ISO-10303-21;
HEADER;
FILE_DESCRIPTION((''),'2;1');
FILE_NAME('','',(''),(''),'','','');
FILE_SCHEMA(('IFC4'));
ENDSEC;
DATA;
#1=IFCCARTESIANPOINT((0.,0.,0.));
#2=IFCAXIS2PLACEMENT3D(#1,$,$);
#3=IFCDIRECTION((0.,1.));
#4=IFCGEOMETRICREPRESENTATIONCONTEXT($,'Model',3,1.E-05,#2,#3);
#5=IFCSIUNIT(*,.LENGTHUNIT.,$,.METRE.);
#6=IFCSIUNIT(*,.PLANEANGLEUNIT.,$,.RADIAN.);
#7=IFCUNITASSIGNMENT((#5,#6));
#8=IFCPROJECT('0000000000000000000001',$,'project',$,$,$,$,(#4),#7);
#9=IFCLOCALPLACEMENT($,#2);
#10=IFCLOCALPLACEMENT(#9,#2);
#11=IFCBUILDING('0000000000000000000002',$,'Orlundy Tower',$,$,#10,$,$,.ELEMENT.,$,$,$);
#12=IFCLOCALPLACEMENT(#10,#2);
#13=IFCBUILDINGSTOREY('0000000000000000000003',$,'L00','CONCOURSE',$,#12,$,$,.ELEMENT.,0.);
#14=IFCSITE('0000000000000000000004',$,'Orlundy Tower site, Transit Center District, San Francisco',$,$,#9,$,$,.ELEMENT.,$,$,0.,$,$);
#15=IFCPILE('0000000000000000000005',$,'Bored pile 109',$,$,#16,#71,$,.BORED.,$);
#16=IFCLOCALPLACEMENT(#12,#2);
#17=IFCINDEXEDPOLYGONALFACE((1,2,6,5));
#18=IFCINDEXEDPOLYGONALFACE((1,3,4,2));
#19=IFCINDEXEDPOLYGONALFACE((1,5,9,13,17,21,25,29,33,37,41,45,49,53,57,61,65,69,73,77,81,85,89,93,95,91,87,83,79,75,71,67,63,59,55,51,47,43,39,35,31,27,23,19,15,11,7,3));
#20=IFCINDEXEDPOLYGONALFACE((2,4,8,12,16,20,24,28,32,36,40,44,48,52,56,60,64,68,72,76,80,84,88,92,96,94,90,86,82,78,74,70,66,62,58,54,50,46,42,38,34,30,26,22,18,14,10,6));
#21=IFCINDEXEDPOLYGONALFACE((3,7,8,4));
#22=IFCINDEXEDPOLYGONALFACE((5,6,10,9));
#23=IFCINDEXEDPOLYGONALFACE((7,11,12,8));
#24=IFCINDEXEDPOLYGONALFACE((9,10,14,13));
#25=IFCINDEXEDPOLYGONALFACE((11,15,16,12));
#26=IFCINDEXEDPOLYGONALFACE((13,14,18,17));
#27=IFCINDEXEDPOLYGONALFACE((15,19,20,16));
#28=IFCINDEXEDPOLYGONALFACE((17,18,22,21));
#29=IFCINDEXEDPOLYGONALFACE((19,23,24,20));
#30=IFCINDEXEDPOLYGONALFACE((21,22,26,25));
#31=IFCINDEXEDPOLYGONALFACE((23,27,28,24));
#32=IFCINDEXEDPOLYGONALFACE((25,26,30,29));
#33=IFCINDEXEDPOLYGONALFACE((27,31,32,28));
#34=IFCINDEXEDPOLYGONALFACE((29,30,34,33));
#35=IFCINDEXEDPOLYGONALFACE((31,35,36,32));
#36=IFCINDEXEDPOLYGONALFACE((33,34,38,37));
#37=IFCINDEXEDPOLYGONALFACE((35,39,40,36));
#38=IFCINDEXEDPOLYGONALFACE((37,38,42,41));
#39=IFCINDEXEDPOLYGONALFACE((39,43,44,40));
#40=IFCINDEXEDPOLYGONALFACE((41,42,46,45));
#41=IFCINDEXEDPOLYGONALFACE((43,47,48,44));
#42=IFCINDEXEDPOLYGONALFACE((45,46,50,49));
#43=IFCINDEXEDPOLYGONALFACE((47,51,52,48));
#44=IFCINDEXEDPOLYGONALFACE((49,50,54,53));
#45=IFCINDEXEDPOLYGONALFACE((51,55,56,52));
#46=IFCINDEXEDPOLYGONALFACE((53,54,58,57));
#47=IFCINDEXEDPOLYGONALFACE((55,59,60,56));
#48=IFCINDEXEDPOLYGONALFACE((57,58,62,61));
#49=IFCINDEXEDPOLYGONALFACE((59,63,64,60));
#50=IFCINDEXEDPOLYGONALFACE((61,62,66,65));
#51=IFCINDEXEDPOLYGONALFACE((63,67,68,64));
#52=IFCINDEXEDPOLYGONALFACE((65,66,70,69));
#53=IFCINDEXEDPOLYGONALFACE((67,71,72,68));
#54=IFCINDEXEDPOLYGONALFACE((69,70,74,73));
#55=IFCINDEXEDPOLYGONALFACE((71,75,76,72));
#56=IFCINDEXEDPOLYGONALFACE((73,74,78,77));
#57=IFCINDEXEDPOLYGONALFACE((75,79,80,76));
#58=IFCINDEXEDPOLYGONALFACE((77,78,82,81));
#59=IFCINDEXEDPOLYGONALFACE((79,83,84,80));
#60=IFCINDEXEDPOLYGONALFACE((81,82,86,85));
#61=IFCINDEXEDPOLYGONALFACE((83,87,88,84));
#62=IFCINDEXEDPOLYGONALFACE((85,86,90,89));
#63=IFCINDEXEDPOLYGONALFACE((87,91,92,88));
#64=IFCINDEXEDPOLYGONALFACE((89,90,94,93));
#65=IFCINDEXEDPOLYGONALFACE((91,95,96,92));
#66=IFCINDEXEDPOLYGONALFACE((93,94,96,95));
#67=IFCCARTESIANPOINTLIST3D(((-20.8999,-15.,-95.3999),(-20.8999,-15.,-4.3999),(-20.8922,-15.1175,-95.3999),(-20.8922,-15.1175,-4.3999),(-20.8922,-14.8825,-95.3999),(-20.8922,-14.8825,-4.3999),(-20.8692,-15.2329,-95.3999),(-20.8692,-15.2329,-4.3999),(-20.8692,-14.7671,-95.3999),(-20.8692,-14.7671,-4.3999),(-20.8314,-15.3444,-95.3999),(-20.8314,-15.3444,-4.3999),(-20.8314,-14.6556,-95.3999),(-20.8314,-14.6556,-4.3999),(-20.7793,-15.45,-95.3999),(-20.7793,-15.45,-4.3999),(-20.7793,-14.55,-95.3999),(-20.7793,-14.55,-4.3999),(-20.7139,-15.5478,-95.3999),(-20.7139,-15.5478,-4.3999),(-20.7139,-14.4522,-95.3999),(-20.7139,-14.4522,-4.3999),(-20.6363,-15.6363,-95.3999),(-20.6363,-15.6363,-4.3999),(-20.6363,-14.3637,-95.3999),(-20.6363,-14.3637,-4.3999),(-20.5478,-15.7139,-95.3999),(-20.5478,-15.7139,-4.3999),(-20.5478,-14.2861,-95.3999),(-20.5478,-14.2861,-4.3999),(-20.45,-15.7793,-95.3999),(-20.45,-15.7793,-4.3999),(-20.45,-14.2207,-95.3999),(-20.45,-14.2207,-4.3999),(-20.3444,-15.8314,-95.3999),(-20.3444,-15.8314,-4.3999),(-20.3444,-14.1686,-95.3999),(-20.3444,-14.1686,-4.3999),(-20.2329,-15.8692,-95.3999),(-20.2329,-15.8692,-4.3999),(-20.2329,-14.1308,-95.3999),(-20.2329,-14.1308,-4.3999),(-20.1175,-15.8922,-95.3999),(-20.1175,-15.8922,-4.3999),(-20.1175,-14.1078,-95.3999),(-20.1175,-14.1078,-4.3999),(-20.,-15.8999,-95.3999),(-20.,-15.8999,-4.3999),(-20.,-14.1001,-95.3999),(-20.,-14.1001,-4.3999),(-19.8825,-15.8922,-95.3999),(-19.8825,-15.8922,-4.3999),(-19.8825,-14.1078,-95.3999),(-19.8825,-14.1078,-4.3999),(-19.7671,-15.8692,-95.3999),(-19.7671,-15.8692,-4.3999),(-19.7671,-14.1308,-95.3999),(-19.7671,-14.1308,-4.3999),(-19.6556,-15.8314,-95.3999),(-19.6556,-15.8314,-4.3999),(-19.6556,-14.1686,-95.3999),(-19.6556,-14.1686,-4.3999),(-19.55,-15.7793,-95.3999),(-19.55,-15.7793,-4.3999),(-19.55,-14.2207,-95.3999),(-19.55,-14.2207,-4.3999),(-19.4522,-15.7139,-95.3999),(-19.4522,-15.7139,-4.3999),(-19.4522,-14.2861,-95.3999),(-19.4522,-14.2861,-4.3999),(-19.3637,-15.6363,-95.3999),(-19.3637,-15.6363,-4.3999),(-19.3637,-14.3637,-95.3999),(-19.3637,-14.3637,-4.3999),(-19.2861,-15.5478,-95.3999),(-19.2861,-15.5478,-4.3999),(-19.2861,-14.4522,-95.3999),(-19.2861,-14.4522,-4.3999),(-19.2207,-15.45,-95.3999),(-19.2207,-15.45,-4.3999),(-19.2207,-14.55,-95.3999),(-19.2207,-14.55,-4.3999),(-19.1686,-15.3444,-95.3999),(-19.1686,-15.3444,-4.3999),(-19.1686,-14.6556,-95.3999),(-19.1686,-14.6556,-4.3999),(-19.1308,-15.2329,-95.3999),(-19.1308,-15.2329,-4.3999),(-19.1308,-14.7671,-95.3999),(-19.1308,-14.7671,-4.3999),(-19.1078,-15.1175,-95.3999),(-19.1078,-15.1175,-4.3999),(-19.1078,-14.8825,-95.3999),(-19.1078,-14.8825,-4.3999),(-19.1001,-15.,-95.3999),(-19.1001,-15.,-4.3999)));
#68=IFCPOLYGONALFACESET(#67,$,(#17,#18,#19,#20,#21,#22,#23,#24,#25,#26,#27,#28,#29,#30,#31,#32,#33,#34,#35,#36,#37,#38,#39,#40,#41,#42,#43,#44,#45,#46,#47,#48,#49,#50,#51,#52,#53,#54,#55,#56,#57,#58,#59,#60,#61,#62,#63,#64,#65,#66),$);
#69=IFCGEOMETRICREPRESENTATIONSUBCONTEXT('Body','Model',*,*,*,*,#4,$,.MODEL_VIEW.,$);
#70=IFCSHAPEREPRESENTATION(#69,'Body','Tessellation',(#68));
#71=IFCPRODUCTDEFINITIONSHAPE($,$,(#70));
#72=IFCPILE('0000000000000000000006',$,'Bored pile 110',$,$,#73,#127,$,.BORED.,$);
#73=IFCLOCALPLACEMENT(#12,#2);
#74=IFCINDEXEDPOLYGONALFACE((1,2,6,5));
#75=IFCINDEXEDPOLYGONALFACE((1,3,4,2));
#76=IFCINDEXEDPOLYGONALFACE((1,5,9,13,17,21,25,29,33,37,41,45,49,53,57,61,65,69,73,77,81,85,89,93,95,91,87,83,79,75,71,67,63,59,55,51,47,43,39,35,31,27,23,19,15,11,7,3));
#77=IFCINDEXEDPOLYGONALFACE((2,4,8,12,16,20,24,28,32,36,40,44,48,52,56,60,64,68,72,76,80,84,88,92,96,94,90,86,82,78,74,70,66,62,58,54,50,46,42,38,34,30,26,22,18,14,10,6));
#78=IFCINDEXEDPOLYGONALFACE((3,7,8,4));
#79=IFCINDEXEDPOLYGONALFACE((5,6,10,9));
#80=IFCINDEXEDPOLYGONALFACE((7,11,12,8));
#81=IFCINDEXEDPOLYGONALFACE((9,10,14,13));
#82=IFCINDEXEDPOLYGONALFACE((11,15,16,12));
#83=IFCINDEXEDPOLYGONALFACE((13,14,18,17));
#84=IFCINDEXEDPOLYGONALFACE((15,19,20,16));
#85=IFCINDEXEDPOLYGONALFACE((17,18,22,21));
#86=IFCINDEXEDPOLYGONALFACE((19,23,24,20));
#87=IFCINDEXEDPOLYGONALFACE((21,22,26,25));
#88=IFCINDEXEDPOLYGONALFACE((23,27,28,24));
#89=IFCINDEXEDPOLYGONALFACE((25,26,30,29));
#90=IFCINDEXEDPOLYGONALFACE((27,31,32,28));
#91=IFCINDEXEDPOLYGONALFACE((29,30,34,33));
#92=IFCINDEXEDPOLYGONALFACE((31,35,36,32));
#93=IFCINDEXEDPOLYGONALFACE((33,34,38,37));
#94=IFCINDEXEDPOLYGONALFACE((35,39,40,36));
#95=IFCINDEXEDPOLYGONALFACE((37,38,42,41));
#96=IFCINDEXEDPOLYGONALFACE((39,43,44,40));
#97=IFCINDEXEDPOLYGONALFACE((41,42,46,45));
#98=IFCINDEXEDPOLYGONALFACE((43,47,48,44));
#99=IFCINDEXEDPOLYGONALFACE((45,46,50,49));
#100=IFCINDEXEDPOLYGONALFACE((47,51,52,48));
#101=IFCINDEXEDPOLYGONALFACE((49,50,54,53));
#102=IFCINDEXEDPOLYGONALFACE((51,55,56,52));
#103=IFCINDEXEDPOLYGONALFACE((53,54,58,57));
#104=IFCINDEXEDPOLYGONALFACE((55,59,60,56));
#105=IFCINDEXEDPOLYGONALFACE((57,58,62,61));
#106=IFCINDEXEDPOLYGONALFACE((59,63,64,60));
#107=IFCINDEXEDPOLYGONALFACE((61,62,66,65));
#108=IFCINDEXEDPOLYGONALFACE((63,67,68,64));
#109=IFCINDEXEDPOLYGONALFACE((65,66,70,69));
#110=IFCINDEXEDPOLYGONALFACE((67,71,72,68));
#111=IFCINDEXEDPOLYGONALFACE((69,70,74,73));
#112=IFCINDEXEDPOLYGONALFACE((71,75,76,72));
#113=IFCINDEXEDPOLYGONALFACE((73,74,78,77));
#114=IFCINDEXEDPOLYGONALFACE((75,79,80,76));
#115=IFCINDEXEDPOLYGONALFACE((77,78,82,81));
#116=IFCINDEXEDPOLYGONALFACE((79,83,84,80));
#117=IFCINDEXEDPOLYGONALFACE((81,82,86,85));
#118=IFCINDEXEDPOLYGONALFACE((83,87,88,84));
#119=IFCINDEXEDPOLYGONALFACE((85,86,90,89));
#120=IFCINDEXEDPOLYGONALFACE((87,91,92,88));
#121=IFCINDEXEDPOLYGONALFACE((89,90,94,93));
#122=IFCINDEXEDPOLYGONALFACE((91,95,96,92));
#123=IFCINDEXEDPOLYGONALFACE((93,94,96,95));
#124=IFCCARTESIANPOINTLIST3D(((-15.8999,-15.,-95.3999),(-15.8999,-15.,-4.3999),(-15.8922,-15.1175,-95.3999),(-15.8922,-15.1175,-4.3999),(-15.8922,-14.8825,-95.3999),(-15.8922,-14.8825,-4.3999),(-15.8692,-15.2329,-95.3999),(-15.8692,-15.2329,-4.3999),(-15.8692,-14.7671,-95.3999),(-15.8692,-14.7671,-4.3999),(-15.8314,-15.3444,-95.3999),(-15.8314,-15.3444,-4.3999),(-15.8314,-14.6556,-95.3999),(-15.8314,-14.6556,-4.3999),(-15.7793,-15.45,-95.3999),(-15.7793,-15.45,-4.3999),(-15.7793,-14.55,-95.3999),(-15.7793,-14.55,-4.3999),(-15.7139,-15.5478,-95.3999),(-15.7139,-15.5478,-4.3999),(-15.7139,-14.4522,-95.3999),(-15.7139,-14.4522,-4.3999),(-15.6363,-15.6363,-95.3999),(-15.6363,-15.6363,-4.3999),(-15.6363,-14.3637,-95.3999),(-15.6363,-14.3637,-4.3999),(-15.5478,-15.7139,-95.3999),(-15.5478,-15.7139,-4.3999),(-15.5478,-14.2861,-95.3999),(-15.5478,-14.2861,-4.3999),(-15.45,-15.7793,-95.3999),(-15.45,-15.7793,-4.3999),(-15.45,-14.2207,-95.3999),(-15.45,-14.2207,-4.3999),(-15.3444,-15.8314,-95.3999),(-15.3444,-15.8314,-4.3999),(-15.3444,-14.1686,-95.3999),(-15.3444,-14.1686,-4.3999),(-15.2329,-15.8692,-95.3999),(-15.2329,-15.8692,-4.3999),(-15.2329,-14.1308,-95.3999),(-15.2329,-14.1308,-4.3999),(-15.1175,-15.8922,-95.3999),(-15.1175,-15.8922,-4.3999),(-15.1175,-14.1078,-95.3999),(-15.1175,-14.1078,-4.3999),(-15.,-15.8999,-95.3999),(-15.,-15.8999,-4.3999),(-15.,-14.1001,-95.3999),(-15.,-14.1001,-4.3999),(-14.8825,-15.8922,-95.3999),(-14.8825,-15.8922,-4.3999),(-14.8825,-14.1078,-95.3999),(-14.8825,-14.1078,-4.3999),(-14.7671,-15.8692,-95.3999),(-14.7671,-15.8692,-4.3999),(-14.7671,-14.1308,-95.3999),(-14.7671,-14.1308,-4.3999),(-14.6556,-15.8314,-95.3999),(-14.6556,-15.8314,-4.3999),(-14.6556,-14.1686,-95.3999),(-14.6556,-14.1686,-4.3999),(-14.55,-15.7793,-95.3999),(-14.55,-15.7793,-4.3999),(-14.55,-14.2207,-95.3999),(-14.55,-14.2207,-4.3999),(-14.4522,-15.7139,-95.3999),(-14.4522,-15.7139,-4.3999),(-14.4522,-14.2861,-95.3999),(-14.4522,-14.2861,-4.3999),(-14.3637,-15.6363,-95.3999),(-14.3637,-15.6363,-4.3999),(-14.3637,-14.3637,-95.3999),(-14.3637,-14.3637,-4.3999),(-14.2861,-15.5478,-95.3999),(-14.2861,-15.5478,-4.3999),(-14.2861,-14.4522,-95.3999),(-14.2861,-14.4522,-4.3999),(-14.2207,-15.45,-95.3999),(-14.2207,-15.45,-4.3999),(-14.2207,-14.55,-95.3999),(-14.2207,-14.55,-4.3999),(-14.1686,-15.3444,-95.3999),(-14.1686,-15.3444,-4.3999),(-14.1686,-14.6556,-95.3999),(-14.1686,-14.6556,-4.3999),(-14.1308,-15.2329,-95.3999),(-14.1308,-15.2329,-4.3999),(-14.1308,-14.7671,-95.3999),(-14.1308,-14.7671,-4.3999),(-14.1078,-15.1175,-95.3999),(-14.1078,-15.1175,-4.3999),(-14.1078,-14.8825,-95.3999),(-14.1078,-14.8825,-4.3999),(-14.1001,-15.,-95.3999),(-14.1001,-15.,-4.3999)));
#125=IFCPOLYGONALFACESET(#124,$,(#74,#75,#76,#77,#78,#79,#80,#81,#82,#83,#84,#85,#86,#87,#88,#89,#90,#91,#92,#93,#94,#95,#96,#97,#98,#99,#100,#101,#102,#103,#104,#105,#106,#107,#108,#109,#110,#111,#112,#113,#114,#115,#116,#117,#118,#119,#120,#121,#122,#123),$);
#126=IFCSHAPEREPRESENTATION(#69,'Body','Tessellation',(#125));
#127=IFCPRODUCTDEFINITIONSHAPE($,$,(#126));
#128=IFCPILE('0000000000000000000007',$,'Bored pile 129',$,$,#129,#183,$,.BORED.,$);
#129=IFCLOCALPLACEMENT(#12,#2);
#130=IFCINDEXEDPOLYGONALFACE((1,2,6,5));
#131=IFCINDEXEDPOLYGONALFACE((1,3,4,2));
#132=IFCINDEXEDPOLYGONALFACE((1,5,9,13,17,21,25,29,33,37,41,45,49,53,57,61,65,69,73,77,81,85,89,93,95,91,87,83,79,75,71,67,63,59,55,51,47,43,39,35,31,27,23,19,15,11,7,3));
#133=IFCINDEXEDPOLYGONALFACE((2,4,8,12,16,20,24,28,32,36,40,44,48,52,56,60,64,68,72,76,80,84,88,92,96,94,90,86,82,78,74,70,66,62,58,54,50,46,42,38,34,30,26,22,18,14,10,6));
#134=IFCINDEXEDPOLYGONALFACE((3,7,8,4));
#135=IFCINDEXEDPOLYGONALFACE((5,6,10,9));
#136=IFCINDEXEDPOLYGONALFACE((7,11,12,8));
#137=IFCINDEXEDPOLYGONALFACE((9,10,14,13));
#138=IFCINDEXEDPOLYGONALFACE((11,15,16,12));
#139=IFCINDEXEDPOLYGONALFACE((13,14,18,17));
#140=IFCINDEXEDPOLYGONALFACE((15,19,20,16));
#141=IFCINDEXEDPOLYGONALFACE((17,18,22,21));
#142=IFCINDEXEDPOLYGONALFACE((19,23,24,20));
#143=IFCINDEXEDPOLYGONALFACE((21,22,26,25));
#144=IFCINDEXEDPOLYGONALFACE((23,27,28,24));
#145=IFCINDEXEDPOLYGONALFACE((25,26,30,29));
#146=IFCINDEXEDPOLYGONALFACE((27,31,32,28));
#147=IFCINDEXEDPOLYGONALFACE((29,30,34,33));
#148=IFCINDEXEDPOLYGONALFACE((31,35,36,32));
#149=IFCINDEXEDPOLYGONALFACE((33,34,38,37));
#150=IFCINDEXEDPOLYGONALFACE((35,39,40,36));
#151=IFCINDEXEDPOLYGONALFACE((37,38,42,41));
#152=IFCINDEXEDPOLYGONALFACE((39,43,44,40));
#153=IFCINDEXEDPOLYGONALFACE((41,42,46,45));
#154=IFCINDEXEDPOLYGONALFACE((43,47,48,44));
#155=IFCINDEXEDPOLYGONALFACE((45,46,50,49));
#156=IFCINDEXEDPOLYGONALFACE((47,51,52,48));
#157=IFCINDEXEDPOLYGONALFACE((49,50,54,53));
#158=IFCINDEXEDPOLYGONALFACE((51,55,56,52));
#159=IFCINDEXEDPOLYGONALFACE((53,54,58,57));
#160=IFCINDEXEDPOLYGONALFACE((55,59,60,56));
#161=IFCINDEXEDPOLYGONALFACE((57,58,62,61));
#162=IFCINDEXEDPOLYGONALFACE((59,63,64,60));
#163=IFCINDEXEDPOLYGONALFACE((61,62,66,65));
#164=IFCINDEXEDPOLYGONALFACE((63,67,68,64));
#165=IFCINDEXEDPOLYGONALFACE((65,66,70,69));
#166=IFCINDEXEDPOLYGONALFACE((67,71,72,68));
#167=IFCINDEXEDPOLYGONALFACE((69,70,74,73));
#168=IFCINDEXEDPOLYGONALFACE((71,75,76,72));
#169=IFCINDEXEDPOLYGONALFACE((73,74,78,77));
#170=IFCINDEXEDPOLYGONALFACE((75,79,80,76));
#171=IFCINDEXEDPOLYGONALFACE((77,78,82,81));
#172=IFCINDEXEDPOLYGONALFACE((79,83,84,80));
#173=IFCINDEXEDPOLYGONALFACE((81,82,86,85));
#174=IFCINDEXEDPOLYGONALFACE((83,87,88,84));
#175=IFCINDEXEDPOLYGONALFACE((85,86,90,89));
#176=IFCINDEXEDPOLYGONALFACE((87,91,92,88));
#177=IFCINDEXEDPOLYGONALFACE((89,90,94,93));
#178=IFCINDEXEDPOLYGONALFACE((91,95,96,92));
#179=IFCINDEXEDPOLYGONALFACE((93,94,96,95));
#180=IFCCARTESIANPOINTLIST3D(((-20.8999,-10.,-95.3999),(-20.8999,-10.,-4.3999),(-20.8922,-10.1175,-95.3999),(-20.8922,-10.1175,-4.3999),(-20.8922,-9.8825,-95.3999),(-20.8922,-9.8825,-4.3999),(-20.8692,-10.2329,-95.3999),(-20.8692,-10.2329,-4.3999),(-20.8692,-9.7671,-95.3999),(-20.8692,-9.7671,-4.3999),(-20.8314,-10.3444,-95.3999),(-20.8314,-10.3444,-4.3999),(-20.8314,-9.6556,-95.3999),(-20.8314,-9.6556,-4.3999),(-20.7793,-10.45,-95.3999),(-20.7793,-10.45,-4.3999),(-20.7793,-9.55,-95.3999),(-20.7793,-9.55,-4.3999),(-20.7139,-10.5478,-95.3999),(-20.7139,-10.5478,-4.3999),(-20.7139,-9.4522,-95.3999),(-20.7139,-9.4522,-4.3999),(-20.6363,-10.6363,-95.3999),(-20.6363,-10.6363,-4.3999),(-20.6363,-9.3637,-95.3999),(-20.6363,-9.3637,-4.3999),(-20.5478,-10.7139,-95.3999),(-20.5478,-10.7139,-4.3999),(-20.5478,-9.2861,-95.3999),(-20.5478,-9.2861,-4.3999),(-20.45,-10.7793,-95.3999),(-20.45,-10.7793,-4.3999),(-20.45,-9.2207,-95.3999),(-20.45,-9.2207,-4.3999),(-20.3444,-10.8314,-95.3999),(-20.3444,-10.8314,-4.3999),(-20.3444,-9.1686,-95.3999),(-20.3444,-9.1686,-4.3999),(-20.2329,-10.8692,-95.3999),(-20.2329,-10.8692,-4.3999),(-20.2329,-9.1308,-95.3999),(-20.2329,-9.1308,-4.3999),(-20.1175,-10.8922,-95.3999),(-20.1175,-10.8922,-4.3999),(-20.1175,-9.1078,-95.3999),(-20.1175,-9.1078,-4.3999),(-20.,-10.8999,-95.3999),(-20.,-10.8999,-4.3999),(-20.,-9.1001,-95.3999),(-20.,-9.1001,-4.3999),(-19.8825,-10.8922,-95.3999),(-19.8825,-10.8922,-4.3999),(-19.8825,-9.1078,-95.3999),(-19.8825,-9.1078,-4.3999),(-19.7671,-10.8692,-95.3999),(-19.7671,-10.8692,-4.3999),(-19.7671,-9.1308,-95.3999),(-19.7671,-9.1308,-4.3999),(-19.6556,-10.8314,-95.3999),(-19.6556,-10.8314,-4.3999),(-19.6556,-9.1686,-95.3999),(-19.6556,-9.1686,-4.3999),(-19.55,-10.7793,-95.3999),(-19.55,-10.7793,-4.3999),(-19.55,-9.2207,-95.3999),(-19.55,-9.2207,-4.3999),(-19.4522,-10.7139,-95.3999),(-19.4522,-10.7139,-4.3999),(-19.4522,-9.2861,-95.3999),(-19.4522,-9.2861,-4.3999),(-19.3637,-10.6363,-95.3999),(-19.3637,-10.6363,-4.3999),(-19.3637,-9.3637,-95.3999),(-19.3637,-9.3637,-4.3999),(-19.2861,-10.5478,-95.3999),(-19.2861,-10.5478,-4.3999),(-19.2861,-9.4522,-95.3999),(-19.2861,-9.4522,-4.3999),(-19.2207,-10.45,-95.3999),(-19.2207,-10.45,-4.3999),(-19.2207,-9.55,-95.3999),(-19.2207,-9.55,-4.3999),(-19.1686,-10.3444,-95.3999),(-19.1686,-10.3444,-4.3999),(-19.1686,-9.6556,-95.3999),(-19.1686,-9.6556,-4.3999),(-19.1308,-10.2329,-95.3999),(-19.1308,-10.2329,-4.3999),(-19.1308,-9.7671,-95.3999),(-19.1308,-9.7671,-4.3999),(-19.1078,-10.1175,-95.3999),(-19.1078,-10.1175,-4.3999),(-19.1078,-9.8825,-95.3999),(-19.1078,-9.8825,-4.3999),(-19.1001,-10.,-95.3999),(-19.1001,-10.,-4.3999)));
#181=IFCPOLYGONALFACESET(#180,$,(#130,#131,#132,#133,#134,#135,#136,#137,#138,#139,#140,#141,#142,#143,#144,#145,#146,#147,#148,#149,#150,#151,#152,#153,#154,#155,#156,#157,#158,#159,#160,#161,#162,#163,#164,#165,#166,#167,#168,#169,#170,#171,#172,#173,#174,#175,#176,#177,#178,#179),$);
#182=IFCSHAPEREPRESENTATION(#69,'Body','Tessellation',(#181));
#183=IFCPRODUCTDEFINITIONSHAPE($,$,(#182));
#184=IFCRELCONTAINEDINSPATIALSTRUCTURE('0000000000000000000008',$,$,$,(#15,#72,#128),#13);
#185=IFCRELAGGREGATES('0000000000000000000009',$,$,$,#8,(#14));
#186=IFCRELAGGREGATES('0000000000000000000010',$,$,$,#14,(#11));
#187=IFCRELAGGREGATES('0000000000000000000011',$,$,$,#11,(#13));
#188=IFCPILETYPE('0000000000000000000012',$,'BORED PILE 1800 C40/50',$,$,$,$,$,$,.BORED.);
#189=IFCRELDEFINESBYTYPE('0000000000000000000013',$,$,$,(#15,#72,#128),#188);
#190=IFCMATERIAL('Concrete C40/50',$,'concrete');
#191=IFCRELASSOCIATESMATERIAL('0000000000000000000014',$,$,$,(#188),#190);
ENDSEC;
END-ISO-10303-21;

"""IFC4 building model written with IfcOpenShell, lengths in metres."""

from ifc_helpers import new_model, si_unit, direction, frame, origin, origin_2d, place, context, subcontext, project, spatial, circle, extrude, material, material_profile, profile_set, type_object, element, save


model = new_model("IFC4")

# Units and contexts
model_context = context("Model", 3, precision=1e-05, world=origin(), true_north=direction((0.0, 1.0)))
body_context = subcontext(model_context, "Body", "Model", "MODEL_VIEW")
ifc_project = project(units=[si_unit("LENGTHUNIT", "METRE"), si_unit("PLANEANGLEUNIT", "RADIAN")], contexts=[model_context])

# Site, building, storey
site_placement = place(None, origin())
site = spatial("IfcSite", under=ifc_project, at=site_placement, Name="Orlundy Tower site, Transit Center District, San Francisco", CompositionType="ELEMENT", RefElevation=0.0)
building_placement = place(site_placement, origin())
building = spatial("IfcBuilding", under=site, at=building_placement, Name="Orlundy Tower", CompositionType="ELEMENT")
storey_placement = place(building_placement, origin())
storey = spatial("IfcBuildingStorey", under=building, at=storey_placement, Name="L00", Description="CONCOURSE", CompositionType="ELEMENT", Elevation=0.0)

# Piles
ifc_material_1 = material(Name="Concrete C40/50", Category="concrete")
ifc_material_profile_1 = material_profile(ifc_material_1, circle(Radius=0.8999, at=origin_2d()), Name="BP1800")
ifc_profile_set_1 = profile_set([ifc_material_profile_1], Name="Concrete C40/50")
pile_type = type_object("IfcPileType", Name="BORED PILE 1800 C40/50", PredefinedType="BORED", material=ifc_profile_set_1)
for number, where, z_axis, x_axis, name in (
    (1, (-20.0, -15.0, -4.3999), (0.0, 0.0, -1.0), (1.0, 0.0, 0.0), "Bored pile 109"),
    (2, (-15.0, -15.0, -4.3999), (0.0, 0.0, -1.0), (1.0, 0.0, 0.0), "Bored pile 110"),
    (3, (-20.0, -10.0, -4.3999), (0.0, 0.0, -1.0), (1.0, 0.0, 0.0), "Bored pile 129"),
):
    element("IfcPile", number, at=place(storey_placement, frame(where, z_axis=z_axis, x_axis=x_axis)), inside=storey, type_object=pile_type, Name=name, PredefinedType="BORED", context=body_context, shape_type="SweptSolid", body=[
        extrude(circle(Radius=0.8999, at=origin_2d()), origin(), (0.0, 0.0, 1.0), 91.0),
    ])

save(model, "model.ifc")
